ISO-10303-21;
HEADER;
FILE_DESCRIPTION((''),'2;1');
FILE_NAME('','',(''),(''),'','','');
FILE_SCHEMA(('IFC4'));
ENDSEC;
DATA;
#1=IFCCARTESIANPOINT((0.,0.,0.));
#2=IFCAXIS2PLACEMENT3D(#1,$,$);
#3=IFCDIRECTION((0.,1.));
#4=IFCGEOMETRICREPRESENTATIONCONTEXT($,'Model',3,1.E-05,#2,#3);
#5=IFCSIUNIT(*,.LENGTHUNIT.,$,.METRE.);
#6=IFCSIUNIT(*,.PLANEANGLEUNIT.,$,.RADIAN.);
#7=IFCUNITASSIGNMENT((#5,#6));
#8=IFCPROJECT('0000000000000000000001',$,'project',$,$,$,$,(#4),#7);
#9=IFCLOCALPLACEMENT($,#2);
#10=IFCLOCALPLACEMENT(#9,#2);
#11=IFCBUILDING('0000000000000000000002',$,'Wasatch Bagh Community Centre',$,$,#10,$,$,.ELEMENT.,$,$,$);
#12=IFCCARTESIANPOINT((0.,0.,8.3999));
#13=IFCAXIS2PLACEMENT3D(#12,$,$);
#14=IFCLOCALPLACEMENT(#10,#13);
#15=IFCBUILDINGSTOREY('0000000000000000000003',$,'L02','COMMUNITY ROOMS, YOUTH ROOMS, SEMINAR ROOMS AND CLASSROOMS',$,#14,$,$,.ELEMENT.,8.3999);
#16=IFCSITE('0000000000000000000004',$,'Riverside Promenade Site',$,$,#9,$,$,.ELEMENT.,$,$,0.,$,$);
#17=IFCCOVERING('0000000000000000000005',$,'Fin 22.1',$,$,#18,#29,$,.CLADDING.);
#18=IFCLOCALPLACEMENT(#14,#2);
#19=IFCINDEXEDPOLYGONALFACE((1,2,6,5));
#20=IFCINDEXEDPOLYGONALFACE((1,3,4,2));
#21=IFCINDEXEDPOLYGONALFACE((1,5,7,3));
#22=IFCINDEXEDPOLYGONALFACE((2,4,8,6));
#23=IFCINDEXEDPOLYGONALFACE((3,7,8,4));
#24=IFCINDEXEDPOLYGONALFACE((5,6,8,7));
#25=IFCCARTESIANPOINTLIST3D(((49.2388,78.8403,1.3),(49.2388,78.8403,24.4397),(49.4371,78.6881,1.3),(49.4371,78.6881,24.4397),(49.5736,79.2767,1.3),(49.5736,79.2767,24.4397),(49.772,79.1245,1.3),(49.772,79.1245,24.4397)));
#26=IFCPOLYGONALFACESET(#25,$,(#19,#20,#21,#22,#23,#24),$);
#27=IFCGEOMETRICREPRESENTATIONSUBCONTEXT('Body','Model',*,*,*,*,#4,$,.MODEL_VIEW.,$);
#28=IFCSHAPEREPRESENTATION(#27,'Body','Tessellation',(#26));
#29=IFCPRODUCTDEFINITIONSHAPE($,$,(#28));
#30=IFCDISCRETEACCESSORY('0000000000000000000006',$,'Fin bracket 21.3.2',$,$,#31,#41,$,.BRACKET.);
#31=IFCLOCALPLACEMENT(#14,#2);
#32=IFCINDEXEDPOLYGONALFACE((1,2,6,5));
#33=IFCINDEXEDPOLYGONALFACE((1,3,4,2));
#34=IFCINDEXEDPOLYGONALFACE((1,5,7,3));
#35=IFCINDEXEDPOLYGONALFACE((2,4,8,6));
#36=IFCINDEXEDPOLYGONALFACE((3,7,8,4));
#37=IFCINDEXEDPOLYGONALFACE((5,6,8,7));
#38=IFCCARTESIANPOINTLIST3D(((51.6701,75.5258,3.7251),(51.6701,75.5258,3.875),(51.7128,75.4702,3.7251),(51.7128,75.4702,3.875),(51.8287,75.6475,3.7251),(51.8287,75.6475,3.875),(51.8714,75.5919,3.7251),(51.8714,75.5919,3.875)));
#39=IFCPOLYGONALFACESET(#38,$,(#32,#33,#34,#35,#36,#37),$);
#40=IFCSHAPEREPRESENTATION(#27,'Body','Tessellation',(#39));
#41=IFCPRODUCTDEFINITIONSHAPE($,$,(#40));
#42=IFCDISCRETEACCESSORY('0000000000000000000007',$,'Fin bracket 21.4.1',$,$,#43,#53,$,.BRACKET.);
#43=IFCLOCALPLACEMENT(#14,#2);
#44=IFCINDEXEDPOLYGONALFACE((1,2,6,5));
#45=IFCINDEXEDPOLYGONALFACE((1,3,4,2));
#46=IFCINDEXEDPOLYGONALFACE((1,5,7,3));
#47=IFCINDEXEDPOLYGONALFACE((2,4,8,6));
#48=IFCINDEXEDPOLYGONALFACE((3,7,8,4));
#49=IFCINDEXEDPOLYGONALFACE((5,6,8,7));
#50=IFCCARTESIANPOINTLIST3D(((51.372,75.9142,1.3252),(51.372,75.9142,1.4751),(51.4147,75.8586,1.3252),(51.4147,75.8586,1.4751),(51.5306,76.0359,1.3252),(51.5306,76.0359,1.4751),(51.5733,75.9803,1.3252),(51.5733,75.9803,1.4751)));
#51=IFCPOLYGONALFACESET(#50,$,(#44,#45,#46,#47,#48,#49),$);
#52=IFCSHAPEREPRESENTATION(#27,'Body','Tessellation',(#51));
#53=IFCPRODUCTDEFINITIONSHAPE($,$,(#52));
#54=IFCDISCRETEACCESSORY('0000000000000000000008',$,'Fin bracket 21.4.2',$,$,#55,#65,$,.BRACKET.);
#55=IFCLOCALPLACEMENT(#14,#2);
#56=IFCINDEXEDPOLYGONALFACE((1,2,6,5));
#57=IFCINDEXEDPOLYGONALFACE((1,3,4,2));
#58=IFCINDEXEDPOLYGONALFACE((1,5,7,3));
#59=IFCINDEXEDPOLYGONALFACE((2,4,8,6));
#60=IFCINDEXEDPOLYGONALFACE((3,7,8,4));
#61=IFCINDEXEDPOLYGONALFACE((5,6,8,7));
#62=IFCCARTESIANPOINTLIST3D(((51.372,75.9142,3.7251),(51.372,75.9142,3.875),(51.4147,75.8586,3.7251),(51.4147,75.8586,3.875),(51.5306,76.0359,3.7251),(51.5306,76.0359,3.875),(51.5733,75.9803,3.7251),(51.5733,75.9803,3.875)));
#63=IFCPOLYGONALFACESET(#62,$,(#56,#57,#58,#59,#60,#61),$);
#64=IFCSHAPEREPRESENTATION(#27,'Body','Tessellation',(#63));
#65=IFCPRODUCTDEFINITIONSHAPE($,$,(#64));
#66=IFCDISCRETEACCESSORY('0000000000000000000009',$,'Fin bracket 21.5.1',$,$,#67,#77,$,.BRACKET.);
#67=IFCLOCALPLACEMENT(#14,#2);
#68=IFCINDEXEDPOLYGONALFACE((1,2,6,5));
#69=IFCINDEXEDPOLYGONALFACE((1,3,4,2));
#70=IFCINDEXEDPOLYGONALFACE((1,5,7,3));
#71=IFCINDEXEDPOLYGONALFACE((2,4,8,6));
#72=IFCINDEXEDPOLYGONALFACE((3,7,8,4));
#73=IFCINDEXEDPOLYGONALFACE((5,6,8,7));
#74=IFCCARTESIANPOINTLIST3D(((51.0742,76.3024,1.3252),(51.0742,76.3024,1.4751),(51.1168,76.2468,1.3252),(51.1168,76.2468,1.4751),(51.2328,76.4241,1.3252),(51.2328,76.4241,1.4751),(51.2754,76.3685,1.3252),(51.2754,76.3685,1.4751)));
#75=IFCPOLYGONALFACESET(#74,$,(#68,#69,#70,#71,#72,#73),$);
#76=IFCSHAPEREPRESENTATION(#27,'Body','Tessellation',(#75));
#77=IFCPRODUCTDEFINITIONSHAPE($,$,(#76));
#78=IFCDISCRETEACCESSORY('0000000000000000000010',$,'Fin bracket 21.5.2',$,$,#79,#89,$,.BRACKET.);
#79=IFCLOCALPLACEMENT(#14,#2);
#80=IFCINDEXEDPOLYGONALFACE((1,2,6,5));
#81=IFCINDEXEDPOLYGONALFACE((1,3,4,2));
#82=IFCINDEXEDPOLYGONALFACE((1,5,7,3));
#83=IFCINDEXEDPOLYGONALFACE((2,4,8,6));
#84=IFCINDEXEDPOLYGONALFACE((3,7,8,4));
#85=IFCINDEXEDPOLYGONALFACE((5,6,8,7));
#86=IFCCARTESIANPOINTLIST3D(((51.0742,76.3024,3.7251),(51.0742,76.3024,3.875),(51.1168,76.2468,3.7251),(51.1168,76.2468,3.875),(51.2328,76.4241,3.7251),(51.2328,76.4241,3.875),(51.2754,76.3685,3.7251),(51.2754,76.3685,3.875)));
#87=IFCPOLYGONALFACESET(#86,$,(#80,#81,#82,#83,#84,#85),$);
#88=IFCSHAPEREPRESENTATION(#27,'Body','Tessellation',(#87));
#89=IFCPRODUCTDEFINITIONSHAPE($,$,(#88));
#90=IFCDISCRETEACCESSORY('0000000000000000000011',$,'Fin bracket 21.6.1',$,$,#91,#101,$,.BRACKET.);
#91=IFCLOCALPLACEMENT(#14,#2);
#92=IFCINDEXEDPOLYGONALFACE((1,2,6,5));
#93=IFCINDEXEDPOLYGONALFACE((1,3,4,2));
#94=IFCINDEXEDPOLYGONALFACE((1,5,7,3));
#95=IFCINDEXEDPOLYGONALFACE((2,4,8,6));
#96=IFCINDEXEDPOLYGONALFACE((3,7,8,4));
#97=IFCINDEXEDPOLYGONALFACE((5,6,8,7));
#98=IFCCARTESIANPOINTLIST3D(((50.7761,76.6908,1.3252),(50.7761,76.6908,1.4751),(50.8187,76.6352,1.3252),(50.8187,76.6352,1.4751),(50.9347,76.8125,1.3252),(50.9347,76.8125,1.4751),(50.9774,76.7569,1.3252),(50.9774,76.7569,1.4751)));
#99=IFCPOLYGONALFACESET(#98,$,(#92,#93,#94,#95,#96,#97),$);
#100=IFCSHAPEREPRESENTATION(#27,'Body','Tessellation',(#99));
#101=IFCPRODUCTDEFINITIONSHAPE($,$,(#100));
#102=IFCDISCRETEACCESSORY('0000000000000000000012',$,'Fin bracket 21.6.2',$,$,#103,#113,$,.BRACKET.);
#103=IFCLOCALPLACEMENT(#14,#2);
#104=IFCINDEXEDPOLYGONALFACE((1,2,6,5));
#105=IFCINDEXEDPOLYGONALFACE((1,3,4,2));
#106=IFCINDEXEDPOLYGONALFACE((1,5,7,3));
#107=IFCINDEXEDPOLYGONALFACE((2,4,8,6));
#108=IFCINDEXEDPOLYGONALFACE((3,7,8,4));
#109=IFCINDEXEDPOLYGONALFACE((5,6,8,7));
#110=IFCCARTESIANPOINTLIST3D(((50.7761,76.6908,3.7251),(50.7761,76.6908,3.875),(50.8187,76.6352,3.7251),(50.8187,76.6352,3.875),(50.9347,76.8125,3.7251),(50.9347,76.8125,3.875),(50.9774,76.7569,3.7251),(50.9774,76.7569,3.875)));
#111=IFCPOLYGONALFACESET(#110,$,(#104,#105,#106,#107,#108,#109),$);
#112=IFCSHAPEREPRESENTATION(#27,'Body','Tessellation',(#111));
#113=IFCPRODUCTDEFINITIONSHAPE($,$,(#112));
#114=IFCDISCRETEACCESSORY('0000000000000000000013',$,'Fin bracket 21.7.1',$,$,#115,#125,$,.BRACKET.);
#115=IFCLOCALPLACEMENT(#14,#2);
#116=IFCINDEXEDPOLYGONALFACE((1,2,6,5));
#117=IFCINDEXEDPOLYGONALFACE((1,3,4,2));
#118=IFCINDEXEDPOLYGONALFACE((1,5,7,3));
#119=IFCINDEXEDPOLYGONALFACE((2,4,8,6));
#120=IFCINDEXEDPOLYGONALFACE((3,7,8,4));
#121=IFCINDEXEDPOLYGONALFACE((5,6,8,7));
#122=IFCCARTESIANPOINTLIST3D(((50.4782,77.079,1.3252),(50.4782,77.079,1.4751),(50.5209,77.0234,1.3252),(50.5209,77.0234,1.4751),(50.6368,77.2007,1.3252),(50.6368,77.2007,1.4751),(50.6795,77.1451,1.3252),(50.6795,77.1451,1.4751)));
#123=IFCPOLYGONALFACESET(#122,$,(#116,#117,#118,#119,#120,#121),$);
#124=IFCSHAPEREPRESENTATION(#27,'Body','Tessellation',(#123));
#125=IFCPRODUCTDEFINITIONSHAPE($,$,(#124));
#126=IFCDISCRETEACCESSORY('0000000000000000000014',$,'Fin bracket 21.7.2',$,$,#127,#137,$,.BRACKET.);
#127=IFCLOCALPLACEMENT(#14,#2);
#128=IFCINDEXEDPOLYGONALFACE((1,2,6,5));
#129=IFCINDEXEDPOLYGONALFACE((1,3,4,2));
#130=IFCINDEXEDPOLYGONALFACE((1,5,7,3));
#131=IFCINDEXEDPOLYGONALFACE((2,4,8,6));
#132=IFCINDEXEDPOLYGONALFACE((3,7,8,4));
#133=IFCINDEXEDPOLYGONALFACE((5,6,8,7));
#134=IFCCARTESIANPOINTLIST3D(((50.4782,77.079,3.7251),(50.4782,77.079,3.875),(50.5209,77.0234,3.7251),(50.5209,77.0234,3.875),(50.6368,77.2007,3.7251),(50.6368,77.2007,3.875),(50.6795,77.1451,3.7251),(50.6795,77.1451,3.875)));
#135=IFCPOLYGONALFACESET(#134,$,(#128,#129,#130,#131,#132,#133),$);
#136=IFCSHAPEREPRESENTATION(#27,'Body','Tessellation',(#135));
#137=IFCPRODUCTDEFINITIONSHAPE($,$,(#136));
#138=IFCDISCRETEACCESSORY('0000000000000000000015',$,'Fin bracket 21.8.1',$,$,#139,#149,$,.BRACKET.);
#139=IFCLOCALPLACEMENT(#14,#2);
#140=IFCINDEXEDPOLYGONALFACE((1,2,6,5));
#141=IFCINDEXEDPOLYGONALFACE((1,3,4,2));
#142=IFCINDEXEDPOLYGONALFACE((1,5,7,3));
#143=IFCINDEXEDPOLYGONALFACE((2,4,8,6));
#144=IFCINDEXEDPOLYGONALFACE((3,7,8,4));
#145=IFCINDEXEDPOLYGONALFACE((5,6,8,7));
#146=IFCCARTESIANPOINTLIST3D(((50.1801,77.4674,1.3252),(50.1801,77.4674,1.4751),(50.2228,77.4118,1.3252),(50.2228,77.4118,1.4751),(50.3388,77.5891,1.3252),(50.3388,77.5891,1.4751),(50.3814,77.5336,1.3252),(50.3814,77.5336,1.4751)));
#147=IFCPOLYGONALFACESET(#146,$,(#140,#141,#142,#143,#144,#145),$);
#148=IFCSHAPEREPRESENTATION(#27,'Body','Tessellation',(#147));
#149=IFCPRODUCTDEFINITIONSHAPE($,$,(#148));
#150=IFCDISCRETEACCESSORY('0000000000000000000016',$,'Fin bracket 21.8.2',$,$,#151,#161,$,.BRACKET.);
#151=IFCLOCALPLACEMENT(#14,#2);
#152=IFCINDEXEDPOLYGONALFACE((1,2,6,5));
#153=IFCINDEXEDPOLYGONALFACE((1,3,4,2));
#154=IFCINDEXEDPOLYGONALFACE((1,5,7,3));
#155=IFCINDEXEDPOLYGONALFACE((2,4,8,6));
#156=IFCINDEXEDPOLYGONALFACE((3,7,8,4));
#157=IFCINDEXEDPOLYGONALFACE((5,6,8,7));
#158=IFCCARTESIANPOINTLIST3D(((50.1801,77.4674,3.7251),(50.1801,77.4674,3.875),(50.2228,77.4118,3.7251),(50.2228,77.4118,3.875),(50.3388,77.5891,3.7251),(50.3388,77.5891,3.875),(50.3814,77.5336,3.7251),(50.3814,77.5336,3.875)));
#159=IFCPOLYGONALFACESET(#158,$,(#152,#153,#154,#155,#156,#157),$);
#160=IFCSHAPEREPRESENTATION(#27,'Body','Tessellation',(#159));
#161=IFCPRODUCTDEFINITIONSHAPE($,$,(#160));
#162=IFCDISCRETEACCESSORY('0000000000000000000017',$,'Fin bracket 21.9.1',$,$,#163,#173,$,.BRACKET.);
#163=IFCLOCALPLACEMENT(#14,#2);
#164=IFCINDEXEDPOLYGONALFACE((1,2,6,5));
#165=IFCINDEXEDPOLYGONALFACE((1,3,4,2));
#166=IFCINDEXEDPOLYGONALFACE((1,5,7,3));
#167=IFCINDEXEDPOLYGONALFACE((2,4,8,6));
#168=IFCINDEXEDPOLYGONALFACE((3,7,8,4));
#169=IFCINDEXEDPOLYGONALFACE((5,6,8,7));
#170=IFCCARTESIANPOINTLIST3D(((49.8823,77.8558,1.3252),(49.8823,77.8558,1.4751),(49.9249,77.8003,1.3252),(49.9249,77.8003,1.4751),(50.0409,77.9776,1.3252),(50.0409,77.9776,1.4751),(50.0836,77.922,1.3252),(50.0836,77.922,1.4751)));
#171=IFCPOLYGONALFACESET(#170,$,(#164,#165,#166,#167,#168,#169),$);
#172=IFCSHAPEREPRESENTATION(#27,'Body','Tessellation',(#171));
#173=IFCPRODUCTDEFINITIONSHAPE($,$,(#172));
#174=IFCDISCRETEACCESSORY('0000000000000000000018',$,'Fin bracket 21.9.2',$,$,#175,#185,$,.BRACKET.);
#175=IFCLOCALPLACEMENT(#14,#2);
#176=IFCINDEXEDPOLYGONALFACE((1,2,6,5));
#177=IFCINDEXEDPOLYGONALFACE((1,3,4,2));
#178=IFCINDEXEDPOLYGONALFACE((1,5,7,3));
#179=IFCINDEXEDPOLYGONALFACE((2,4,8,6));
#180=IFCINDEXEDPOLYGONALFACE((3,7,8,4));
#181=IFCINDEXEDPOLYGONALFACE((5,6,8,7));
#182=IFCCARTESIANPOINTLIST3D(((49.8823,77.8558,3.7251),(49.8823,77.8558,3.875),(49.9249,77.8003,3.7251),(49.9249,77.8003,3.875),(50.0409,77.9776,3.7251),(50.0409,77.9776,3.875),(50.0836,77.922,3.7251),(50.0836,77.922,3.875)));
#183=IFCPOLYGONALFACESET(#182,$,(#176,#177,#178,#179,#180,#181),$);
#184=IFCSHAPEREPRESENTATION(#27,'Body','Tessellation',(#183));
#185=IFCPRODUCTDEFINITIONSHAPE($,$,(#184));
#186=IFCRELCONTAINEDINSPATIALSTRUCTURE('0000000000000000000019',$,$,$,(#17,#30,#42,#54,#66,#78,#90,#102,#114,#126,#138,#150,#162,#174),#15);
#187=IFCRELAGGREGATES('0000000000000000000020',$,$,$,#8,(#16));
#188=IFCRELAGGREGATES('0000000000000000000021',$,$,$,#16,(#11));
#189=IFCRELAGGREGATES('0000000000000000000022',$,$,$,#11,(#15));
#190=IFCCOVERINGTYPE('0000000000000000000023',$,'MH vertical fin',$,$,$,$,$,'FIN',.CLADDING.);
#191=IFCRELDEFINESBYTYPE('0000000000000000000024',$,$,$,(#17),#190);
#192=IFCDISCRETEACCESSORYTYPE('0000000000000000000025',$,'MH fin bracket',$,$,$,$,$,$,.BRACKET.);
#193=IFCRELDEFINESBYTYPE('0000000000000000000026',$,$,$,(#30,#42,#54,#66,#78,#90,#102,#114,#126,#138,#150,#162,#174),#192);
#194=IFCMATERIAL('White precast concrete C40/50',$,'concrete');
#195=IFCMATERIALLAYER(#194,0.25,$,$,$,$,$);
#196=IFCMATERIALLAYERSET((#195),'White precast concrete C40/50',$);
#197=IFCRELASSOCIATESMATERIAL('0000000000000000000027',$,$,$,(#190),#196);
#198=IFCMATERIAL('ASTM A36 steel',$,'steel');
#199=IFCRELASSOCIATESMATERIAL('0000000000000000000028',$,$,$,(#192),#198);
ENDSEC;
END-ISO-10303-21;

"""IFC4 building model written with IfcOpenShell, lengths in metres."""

from ifc_helpers import new_model, si_unit, direction, frame, origin, origin_2d, place, context, subcontext, project, spatial, rectangle, extrude, material, layer, layer_set, type_object, element, save


model = new_model("IFC4")

# Units and contexts
model_context = context("Model", 3, precision=1e-05, world=origin(), true_north=direction((0.0, 1.0)))
body_context = subcontext(model_context, "Body", "Model", "MODEL_VIEW")
ifc_project = project(units=[si_unit("LENGTHUNIT", "METRE"), si_unit("PLANEANGLEUNIT", "RADIAN")], contexts=[model_context])

# Site, building, storey
site_placement = place(None, origin())
site = spatial("IfcSite", under=ifc_project, at=site_placement, Name="Riverside Promenade Site", CompositionType="ELEMENT", RefElevation=0.0)
building_placement = place(site_placement, origin())
building = spatial("IfcBuilding", under=site, at=building_placement, Name="Wasatch Bagh Community Centre", CompositionType="ELEMENT")
storey_placement = place(building_placement, frame((0.0, 0.0, 8.3999)))
storey = spatial("IfcBuildingStorey", under=building, at=storey_placement, Name="L02", Description="COMMUNITY ROOMS, YOUTH ROOMS, SEMINAR ROOMS AND CLASSROOMS", CompositionType="ELEMENT", Elevation=8.3999)

# Covering
ifc_material_1 = material(Name="White precast concrete C40/50", Category="concrete")
ifc_layer_1 = layer(ifc_material_1, 0.25)
ifc_layer_set_1 = layer_set([ifc_layer_1], Name="White precast concrete C40/50")
covering_type_1 = type_object("IfcCoveringType", Name="MH vertical fin", ElementType="FIN", PredefinedType="CLADDING", material=ifc_layer_set_1)
covering_1_placement = place(storey_placement, frame((49.5054, 78.9824, 1.3), z_axis=(0.0, 0.0, 1.0), x_axis=(-0.793353, 0.608761, 0.0)))
element("IfcCovering", 1, at=covering_1_placement, inside=storey, type_object=covering_type_1, Name="Fin 22.1", PredefinedType="CLADDING", context=body_context, shape_type="SweptSolid", body=[
    extrude(rectangle(XDim=0.25, YDim=0.55, at=origin_2d()), origin(), (0.0, 0.0, 1.0), 23.1396),
])

# Discrete accessories
ifc_material_2 = material(Name="ASTM A36 steel", Category="steel")
discrete_accessory_type = type_object("IfcDiscreteAccessoryType", Name="MH fin bracket", PredefinedType="BRACKET", material=ifc_material_2)
for number, where, z_axis, x_axis, name in (
    (2, (51.7708, 75.5588, 3.7251), (0.0, 0.0, 1.0), (-0.608761, 0.793353, 0.0), "Fin bracket 21.3.2"),
    (3, (51.4727, 75.9473, 1.3252), (0.0, 0.0, 1.0), (-0.608761, 0.793353, 0.0), "Fin bracket 21.4.1"),
    (4, (51.4727, 75.9473, 3.7251), (0.0, 0.0, 1.0), (-0.608761, 0.793353, 0.0), "Fin bracket 21.4.2"),
    (5, (51.1748, 76.3354, 1.3252), (0.0, 0.0, 1.0), (-0.608761, 0.793353, 0.0), "Fin bracket 21.5.1"),
    (6, (51.1748, 76.3354, 3.7251), (0.0, 0.0, 1.0), (-0.608761, 0.793353, 0.0), "Fin bracket 21.5.2"),
    (7, (50.8767, 76.7239, 1.3252), (0.0, 0.0, 1.0), (-0.608761, 0.793353, 0.0), "Fin bracket 21.6.1"),
    (8, (50.8767, 76.7239, 3.7251), (0.0, 0.0, 1.0), (-0.608761, 0.793353, 0.0), "Fin bracket 21.6.2"),
    (9, (50.5789, 77.1121, 1.3252), (0.0, 0.0, 1.0), (-0.608761, 0.793353, 0.0), "Fin bracket 21.7.1"),
    (10, (50.5789, 77.1121, 3.7251), (0.0, 0.0, 1.0), (-0.608761, 0.793353, 0.0), "Fin bracket 21.7.2"),
    (11, (50.2808, 77.5005, 1.3252), (0.0, 0.0, 1.0), (-0.608761, 0.793353, 0.0), "Fin bracket 21.8.1"),
    (12, (50.2808, 77.5005, 3.7251), (0.0, 0.0, 1.0), (-0.608761, 0.793353, 0.0), "Fin bracket 21.8.2"),
    (13, (49.9829, 77.8889, 1.3252), (0.0, 0.0, 1.0), (-0.608761, 0.793353, 0.0), "Fin bracket 21.9.1"),
    (14, (49.9829, 77.8889, 3.7251), (0.0, 0.0, 1.0), (-0.608761, 0.793353, 0.0), "Fin bracket 21.9.2"),
):
    element("IfcDiscreteAccessory", number, at=place(storey_placement, frame(where, z_axis=z_axis, x_axis=x_axis)), inside=storey, type_object=discrete_accessory_type, Name=name, PredefinedType="BRACKET", context=body_context, shape_type="SweptSolid", body=[
        extrude(rectangle(XDim=0.0701, YDim=0.2, at=origin_2d()), origin(), (0.0, 0.0, 1.0), 0.1499),
    ])

save(model, "model.ifc")
